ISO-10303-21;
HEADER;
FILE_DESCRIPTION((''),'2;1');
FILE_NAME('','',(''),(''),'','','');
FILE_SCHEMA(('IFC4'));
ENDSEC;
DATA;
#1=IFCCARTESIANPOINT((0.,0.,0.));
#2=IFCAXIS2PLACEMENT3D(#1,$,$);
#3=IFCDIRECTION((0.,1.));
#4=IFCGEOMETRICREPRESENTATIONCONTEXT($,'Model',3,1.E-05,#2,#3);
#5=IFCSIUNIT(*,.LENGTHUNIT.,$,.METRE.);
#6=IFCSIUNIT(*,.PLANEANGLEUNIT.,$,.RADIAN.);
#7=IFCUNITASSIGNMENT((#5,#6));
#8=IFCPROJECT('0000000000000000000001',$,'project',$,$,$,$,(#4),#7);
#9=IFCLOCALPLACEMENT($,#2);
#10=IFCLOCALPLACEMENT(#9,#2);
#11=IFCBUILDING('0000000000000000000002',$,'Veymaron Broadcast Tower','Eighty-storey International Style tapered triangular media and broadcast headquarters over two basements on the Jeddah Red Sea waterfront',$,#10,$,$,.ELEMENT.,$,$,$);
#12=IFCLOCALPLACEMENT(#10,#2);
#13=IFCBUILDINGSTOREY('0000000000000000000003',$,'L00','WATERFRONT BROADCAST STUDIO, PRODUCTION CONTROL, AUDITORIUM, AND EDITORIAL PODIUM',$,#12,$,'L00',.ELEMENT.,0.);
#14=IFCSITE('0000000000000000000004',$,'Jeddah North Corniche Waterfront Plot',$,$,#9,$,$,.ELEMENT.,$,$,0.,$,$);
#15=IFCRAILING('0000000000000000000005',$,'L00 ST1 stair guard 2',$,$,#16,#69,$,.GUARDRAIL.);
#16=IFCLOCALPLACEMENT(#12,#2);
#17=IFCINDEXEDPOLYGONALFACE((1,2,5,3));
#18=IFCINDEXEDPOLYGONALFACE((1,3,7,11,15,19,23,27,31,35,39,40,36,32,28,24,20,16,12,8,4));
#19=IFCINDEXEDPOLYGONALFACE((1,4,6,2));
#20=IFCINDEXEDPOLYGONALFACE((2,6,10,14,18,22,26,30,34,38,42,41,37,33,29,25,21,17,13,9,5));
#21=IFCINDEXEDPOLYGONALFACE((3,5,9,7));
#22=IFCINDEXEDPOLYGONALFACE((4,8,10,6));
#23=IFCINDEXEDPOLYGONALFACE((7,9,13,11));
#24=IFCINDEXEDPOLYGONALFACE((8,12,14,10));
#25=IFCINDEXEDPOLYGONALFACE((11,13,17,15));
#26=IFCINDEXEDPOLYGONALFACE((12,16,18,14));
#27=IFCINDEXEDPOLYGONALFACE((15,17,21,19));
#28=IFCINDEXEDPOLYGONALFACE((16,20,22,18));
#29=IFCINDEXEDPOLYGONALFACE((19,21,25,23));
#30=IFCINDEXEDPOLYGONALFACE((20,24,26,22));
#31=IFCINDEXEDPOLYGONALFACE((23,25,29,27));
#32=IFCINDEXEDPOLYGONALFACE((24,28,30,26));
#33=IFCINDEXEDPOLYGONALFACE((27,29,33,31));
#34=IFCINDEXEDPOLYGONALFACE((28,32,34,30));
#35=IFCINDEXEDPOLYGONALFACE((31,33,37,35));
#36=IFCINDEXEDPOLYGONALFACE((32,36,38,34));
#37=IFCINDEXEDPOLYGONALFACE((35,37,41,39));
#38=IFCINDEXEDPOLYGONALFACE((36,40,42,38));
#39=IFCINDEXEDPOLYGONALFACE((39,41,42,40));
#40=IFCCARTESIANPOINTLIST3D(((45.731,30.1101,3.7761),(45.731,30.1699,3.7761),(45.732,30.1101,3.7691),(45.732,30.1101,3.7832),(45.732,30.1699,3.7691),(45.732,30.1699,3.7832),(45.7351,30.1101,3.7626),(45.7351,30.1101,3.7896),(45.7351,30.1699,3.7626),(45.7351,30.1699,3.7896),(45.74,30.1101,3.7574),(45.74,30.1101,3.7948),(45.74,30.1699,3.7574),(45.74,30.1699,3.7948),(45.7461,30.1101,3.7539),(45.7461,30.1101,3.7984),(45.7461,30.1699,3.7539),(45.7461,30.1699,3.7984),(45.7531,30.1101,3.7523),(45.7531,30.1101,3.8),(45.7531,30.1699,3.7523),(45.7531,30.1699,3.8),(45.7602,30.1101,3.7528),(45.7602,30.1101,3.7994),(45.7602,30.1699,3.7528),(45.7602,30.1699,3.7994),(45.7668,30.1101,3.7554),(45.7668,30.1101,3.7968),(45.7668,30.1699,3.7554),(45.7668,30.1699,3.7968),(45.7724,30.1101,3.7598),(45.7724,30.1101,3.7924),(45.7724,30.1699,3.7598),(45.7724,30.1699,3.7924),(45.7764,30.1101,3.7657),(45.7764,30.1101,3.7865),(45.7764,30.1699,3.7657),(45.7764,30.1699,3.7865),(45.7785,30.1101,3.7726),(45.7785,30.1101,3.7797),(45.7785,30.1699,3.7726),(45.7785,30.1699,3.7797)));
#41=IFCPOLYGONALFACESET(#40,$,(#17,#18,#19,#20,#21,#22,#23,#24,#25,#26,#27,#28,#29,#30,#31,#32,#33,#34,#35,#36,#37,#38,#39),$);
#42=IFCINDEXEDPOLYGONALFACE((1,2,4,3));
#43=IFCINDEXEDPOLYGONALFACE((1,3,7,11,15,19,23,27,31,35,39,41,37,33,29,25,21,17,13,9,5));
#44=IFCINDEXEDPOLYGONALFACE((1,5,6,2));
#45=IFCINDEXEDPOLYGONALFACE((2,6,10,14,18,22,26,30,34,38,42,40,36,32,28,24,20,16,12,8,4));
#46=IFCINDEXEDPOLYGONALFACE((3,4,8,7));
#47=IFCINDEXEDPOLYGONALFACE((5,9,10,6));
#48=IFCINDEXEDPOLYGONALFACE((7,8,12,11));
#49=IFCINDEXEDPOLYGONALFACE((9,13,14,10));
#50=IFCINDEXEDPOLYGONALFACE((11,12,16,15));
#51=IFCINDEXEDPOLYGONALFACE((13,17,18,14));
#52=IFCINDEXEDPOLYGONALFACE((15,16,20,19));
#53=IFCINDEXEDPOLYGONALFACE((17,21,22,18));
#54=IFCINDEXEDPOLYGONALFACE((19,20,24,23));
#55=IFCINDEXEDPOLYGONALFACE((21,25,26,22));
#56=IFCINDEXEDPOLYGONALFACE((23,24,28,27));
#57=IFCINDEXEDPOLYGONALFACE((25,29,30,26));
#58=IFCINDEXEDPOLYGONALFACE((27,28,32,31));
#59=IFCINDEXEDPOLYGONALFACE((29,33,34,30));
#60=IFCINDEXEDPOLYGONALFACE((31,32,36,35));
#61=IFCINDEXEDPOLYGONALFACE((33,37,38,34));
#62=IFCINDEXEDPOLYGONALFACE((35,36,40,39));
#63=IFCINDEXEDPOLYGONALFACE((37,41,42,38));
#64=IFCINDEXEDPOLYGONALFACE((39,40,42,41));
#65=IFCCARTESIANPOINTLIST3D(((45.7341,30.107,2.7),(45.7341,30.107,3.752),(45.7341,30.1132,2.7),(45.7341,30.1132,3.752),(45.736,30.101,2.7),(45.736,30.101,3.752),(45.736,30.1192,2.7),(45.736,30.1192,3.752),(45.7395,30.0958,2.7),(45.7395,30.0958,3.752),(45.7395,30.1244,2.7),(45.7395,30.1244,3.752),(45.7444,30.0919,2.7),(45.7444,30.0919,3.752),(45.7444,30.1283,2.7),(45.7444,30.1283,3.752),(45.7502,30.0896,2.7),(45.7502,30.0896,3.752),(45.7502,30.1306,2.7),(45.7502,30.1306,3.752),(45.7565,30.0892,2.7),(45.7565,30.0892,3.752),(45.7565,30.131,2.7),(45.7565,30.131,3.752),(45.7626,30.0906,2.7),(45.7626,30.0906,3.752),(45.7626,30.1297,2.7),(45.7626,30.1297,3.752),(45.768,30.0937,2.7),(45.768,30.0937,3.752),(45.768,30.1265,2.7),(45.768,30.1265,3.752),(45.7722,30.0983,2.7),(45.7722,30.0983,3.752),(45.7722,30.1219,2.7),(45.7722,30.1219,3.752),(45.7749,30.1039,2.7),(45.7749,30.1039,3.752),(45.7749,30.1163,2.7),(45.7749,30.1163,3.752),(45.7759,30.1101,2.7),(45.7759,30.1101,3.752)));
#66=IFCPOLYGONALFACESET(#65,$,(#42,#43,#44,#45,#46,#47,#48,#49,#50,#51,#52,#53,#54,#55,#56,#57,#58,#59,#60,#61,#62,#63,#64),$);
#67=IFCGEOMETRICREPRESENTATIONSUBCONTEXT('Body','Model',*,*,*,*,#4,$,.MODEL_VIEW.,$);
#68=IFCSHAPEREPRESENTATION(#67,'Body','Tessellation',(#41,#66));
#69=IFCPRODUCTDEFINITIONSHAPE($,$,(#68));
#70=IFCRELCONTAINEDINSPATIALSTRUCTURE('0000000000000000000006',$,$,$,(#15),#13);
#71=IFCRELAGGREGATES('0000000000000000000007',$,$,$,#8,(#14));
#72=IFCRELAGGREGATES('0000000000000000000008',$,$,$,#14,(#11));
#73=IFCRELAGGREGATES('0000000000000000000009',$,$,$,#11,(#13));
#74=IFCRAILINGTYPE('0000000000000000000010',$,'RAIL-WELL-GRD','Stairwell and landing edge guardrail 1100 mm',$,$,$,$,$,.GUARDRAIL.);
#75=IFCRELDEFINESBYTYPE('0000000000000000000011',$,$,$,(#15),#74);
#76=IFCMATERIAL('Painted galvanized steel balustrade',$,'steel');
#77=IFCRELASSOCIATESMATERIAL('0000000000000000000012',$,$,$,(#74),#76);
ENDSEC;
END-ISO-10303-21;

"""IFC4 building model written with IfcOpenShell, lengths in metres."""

from ifc_helpers import new_model, si_unit, direction, frame, origin, origin_2d, place, context, subcontext, project, spatial, circle, extrude, material, type_object, element, save


model = new_model("IFC4")

# Units and contexts
model_context = context("Model", 3, precision=1e-05, world=origin(), true_north=direction((0.0, 1.0)))
body_context = subcontext(model_context, "Body", "Model", "MODEL_VIEW")
ifc_project = project(units=[si_unit("LENGTHUNIT", "METRE"), si_unit("PLANEANGLEUNIT", "RADIAN")], contexts=[model_context])

# Site, building, storey
site_placement = place(None, origin())
site = spatial("IfcSite", under=ifc_project, at=site_placement, Name="Jeddah North Corniche Waterfront Plot", CompositionType="ELEMENT", RefElevation=0.0)
building_placement = place(site_placement, origin())
building = spatial("IfcBuilding", under=site, at=building_placement, Name="Veymaron Broadcast Tower", Description="Eighty-storey International Style tapered triangular media and broadcast headquarters over two basements on the Jeddah Red Sea waterfront", CompositionType="ELEMENT")
storey_placement = place(building_placement, origin())
storey = spatial("IfcBuildingStorey", under=building, at=storey_placement, Name="L00", Description="WATERFRONT BROADCAST STUDIO, PRODUCTION CONTROL, AUDITORIUM, AND EDITORIAL PODIUM", LongName="L00", CompositionType="ELEMENT", Elevation=0.0)

# Railing
ifc_material_1 = material(Name="Painted galvanized steel balustrade", Category="steel")
railing_type_1 = type_object("IfcRailingType", Name="RAIL-WELL-GRD", Description="Stairwell and landing edge guardrail 1100 mm", PredefinedType="GUARDRAIL", material=ifc_material_1)
railing_1_placement = place(storey_placement, frame((45.7549, 30.1101, 2.7)))
element("IfcRailing", 1, at=railing_1_placement, inside=storey, type_object=railing_type_1, Name="L00 ST1 stair guard 2", PredefinedType="GUARDRAIL", context=body_context, shape_type="SweptSolid", body=[
    extrude(circle(Radius=0.0239, at=origin_2d()), frame((0.0, 0.0, 1.0762), z_axis=(0.0, 1.0, 0.0), x_axis=(-1.0, 0.0, 0.0)), (0.0, 0.0, 1.0), 0.0598),
    extrude(circle(Radius=0.021, at=origin_2d()), origin(), (0.0, 0.0, 1.0), 1.052),
])

save(model, "model.ifc")
